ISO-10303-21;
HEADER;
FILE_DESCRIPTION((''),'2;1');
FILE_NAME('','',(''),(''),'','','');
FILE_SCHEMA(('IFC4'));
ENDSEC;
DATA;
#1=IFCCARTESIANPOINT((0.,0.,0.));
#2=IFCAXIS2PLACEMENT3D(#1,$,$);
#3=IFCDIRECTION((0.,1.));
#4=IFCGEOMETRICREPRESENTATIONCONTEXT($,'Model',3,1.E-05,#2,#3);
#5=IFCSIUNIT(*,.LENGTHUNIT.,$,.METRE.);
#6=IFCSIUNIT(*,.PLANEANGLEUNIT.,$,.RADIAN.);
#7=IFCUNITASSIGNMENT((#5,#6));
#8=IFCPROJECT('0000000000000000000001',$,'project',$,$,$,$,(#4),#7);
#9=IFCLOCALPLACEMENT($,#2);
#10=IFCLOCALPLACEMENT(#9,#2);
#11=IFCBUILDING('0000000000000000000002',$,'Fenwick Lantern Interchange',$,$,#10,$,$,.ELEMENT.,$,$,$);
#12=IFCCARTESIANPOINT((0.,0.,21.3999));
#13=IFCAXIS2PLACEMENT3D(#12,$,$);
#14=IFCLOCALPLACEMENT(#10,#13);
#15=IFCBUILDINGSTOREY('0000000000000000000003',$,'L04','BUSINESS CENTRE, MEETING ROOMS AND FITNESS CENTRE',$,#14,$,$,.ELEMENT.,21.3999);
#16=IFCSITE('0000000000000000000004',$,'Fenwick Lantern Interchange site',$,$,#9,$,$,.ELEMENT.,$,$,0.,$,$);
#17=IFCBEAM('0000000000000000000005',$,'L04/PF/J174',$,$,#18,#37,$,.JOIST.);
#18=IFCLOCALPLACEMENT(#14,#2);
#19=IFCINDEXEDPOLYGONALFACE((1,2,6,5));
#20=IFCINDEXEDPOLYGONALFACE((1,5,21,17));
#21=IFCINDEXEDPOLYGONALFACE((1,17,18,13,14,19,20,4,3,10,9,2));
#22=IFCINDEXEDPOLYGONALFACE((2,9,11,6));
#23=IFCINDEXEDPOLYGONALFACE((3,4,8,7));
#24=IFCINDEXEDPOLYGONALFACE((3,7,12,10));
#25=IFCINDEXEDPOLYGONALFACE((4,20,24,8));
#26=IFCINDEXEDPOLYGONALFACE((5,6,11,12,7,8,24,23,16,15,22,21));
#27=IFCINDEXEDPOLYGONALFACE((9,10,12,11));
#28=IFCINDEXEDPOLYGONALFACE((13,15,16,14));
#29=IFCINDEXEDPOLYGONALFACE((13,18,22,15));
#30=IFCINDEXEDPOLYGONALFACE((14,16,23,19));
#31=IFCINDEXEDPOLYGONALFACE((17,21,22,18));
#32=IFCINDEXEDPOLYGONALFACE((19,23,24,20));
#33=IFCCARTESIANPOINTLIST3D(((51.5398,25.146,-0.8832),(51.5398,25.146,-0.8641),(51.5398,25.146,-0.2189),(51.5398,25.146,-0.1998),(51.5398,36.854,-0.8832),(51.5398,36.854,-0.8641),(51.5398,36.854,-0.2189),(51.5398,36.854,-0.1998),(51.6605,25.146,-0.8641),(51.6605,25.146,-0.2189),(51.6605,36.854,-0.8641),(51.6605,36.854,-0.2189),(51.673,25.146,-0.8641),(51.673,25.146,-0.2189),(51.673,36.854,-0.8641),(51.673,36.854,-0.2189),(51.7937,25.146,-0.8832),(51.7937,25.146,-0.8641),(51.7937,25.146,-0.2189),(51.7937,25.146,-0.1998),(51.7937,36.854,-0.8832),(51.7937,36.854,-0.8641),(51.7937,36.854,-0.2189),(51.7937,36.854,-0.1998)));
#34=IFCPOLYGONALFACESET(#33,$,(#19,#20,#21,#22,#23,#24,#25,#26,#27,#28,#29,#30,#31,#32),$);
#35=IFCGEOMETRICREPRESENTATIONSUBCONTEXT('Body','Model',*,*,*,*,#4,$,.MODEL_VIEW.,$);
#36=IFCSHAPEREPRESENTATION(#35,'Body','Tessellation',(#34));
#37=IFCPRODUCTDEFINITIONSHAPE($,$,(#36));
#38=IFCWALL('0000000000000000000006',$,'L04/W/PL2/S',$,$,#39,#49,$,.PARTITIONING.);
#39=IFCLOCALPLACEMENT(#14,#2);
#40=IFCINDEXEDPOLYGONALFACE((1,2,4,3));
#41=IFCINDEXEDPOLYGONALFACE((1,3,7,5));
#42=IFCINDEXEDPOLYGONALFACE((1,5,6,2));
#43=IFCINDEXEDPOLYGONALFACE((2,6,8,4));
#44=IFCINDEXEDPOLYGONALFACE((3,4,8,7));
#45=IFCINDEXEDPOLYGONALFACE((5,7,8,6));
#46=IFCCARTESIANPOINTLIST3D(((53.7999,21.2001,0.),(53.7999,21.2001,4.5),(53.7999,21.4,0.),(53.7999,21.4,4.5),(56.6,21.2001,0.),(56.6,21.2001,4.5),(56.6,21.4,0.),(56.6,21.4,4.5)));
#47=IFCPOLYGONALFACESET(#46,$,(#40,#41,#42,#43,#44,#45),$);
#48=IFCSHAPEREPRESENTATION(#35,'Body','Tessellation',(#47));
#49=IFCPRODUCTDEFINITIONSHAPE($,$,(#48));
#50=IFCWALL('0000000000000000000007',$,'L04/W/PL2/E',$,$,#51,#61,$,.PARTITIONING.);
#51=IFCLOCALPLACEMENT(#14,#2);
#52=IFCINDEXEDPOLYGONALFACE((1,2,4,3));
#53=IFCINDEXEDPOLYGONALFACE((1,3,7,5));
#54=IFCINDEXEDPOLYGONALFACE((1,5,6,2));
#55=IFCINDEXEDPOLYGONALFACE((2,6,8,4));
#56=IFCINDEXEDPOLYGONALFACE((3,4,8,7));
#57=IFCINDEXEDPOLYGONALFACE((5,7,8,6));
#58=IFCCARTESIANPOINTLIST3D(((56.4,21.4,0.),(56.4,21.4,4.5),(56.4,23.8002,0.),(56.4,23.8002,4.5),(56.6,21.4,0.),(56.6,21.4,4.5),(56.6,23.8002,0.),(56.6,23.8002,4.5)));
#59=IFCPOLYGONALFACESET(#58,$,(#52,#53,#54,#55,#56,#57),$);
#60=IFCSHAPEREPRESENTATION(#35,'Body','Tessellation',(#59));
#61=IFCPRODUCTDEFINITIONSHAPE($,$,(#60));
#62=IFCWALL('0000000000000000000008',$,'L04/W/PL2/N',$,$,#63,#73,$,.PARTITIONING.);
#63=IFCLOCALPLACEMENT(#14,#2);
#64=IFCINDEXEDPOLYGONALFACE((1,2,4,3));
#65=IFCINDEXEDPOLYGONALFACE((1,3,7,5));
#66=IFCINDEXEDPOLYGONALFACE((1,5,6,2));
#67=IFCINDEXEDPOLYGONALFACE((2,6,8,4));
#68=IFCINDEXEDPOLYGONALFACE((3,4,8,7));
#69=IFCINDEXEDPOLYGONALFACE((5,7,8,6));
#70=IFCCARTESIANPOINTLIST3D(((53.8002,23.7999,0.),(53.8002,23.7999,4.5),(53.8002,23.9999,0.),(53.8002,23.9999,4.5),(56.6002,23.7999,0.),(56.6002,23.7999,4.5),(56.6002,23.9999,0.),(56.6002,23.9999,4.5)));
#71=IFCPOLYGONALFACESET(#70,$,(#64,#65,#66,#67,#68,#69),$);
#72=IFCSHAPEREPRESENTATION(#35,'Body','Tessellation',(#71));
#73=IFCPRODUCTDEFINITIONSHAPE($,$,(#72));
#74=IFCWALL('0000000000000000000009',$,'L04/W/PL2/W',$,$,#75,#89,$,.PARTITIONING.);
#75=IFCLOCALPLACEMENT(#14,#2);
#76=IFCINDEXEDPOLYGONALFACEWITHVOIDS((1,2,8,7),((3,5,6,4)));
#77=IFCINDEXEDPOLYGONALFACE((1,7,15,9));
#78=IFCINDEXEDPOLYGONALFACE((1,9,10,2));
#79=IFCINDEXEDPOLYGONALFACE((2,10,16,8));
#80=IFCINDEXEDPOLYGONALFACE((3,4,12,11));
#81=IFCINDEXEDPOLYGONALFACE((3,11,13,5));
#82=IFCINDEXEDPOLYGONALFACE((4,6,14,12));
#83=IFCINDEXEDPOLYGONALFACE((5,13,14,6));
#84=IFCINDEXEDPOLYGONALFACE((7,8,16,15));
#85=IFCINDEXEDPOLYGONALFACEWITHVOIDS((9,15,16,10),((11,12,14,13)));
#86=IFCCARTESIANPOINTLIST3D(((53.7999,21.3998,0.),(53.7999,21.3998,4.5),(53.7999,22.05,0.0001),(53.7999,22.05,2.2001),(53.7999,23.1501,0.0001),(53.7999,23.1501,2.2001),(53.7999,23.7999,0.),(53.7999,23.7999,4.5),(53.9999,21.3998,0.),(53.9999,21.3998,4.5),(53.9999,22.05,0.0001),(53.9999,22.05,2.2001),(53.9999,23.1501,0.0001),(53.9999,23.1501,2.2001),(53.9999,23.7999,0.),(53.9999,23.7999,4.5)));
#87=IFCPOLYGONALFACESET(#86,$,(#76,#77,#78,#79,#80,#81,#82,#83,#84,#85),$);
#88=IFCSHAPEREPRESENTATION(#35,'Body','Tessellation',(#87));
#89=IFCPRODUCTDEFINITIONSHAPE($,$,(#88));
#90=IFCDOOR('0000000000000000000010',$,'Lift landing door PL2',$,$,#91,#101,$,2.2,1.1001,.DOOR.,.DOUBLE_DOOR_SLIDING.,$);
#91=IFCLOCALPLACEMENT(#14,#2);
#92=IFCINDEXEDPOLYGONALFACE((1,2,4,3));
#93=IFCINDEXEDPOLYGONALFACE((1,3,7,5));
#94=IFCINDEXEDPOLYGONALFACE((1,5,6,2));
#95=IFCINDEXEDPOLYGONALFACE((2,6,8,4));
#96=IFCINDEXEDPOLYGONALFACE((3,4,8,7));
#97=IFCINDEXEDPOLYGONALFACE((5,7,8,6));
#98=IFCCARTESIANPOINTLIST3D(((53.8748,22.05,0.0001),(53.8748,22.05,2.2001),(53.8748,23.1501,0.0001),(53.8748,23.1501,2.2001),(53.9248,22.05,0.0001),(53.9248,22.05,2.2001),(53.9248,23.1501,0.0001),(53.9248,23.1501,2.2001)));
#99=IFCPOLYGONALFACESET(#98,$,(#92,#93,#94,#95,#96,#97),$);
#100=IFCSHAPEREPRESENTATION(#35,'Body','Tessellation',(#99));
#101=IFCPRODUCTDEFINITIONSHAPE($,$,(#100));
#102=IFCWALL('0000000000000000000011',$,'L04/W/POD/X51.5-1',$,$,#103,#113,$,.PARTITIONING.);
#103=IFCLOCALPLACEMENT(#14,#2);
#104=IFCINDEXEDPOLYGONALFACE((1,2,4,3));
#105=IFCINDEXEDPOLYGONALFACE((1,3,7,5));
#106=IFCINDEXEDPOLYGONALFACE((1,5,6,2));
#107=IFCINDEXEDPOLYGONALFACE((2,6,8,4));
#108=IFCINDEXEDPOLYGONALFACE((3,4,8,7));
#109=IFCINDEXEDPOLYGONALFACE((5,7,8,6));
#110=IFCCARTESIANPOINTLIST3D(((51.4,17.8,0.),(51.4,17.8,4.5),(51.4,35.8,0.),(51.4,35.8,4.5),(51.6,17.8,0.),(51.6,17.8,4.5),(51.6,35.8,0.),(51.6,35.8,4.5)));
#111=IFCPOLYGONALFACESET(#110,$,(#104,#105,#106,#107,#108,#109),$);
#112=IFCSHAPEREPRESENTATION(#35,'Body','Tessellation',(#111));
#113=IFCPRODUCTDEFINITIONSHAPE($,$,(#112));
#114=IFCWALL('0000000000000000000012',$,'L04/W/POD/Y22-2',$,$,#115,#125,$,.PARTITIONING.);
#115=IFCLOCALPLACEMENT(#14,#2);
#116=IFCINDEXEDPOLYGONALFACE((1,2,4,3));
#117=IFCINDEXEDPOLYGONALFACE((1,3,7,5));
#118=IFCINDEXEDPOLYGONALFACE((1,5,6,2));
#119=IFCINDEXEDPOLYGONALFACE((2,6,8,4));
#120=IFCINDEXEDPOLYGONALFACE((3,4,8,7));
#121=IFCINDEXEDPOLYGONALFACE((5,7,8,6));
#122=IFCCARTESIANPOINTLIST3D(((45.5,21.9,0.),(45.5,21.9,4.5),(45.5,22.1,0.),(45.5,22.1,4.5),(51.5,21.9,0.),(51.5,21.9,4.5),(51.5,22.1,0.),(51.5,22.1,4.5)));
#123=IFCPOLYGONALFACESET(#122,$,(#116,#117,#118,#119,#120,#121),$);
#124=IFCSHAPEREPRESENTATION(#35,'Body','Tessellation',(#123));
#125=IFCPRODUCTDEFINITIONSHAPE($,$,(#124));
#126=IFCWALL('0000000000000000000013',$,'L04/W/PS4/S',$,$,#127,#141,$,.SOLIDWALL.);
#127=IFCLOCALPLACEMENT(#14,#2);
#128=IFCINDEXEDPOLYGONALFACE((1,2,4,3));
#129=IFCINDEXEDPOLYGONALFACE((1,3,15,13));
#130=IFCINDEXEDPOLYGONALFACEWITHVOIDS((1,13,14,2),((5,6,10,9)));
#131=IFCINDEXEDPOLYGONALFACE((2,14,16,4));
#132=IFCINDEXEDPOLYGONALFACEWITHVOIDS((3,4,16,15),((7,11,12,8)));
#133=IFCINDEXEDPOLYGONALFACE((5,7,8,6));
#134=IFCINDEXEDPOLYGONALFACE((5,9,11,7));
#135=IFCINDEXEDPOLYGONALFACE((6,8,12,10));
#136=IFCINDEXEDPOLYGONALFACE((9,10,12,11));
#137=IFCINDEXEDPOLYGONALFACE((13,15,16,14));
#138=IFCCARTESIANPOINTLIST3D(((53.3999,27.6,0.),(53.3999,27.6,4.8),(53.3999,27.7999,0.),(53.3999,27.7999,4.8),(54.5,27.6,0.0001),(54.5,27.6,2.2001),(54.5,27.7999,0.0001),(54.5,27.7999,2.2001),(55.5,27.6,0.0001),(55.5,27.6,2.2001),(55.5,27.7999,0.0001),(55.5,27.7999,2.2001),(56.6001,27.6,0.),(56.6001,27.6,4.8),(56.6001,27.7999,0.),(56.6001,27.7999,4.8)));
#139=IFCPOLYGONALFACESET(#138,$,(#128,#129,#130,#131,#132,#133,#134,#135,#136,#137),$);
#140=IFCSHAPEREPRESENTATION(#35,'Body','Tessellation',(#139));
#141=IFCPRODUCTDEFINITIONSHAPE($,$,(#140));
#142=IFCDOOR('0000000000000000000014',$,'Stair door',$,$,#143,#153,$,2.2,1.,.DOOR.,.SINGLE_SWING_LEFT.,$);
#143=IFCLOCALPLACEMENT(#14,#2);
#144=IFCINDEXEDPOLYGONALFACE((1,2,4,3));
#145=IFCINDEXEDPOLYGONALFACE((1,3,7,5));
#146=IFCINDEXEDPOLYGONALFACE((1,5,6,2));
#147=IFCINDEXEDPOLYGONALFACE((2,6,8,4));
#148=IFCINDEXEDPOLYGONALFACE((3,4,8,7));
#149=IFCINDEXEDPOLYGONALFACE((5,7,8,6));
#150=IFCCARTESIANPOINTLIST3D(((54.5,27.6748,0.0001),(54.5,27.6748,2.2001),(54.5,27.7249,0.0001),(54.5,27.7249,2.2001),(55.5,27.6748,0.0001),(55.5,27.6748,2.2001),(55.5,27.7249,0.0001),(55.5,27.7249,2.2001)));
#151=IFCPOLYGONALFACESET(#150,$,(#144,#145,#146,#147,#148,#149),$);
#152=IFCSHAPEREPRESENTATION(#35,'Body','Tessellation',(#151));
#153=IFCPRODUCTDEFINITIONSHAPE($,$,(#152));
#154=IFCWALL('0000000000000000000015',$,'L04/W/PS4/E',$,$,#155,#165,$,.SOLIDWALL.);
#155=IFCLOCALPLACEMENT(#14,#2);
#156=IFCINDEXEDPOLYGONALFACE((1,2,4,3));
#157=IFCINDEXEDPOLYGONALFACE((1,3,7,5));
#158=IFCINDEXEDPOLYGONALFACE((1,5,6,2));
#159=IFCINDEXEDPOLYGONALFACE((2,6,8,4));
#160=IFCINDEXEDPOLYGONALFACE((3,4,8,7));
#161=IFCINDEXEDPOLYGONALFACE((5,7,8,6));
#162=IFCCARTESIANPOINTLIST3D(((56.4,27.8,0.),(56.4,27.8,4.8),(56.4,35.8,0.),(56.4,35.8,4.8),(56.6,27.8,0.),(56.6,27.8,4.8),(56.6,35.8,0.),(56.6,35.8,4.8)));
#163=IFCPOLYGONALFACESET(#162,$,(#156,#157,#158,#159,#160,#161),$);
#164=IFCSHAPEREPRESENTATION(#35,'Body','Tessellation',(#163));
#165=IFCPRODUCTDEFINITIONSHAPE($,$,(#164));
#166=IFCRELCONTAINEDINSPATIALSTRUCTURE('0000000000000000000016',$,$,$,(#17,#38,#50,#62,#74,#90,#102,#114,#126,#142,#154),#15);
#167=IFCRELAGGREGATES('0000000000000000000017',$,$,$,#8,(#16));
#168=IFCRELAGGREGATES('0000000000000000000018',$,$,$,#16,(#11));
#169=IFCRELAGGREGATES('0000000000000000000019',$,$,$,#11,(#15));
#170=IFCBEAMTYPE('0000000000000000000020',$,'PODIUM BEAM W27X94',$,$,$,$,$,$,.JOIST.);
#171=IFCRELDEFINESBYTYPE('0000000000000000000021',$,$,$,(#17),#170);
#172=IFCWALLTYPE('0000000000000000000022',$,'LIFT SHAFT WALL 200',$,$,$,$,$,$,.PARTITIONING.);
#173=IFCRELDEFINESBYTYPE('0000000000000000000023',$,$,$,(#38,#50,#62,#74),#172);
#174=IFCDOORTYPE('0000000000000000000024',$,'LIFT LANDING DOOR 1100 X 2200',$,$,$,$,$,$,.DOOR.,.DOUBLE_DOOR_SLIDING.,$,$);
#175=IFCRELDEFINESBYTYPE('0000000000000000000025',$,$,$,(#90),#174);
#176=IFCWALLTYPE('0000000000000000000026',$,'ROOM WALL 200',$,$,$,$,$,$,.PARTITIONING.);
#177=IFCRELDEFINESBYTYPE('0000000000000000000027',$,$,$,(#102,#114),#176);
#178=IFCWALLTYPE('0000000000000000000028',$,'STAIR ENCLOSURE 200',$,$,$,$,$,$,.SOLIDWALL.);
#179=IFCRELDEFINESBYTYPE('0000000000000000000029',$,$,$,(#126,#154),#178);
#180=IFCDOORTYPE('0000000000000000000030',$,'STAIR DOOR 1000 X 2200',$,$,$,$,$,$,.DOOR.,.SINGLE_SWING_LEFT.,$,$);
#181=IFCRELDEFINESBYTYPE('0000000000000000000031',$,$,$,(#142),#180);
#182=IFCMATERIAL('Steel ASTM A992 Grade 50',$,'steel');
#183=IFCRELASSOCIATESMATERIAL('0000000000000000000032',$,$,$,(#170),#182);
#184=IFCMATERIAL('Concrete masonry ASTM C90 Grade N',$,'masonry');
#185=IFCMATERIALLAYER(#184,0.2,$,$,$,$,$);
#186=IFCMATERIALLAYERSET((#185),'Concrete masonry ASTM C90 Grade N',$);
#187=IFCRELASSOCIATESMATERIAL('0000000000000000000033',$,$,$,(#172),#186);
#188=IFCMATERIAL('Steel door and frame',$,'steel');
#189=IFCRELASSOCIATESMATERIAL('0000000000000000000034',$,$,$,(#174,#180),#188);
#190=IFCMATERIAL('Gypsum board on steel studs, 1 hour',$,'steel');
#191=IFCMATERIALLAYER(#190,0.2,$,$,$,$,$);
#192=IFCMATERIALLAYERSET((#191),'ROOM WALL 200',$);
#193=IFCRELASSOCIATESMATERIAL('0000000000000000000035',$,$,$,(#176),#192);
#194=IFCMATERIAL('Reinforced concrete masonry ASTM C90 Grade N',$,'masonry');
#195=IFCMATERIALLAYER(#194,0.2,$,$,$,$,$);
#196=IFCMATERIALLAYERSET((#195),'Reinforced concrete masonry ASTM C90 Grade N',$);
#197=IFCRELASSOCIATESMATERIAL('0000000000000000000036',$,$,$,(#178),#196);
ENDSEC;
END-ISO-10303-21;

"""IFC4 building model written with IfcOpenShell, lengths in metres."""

from ifc_helpers import new_model, si_unit, direction, frame, frame_2d, origin, origin_2d, place, context, subcontext, project, spatial, rectangle, i_section, extrude, material, layer, layer_set, material_profile, profile_set, type_object, element, fill, save


model = new_model("IFC4")

# Units and contexts
model_context = context("Model", 3, precision=1e-05, world=origin(), true_north=direction((0.0, 1.0)))
body_context = subcontext(model_context, "Body", "Model", "MODEL_VIEW")
ifc_project = project(units=[si_unit("LENGTHUNIT", "METRE"), si_unit("PLANEANGLEUNIT", "RADIAN")], contexts=[model_context])

# Site, building, storey
site_placement = place(None, origin())
site = spatial("IfcSite", under=ifc_project, at=site_placement, Name="Fenwick Lantern Interchange site", CompositionType="ELEMENT", RefElevation=0.0)
building_placement = place(site_placement, origin())
building = spatial("IfcBuilding", under=site, at=building_placement, Name="Fenwick Lantern Interchange", CompositionType="ELEMENT")
storey_placement = place(building_placement, frame((0.0, 0.0, 21.3999)))
storey = spatial("IfcBuildingStorey", under=building, at=storey_placement, Name="L04", Description="BUSINESS CENTRE, MEETING ROOMS AND FITNESS CENTRE", CompositionType="ELEMENT", Elevation=21.3999)

# Shared definitions
ifc_material_1 = material(Name="Steel ASTM A992 Grade 50", Category="steel")

# Beam
ifc_material_profile_1 = material_profile(ifc_material_1, i_section(OverallWidth=0.2539, OverallDepth=0.6833, WebThickness=0.0125, FlangeThickness=0.019, at=origin_2d()), Name="W27X94")
ifc_profile_set_1 = profile_set([ifc_material_profile_1], Name="Steel ASTM A992 Grade 50")
beam_type_1 = type_object("IfcBeamType", Name="PODIUM BEAM W27X94", PredefinedType="JOIST", material=ifc_profile_set_1)
beam_1_placement = place(storey_placement, frame((51.6667, 25.146, -0.5415), z_axis=(0.0, 1.0, 0.0), x_axis=(-1.0, 0.0, 0.0)))
element("IfcBeam", 1, at=beam_1_placement, inside=storey, type_object=beam_type_1, Name="L04/PF/J174", PredefinedType="JOIST", context=body_context, shape_type="SweptSolid", body=[
    extrude(i_section(OverallWidth=0.2539, OverallDepth=0.6833, WebThickness=0.0125, FlangeThickness=0.019, at=origin_2d()), origin(), (0.0, 0.0, 1.0), 11.708),
])

# Walls
ifc_material_2 = material(Name="Concrete masonry ASTM C90 Grade N", Category="masonry")
ifc_layer_1 = layer(ifc_material_2, 0.2)
ifc_layer_set_1 = layer_set([ifc_layer_1], Name="Concrete masonry ASTM C90 Grade N")
wall_type_1 = type_object("IfcWallType", Name="LIFT SHAFT WALL 200", PredefinedType="PARTITIONING", material=ifc_layer_set_1)
wall_1_placement = place(storey_placement, frame((53.8, 21.3, 0.0), z_axis=(0.0, 0.0, 1.0), x_axis=(1.0, 0.0, 0.0)))
element("IfcWall", 2, at=wall_1_placement, inside=storey, type_object=wall_type_1, Name="L04/W/PL2/S", PredefinedType="PARTITIONING", context=body_context, shape_type="SweptSolid", body=[
    extrude(rectangle(XDim=2.8, YDim=0.2, at=frame_2d((1.3999, 0.0))), origin(), (0.0, 0.0, 1.0), 4.5),
])
wall_2_placement = place(storey_placement, frame((56.5, 21.3999, 0.0), z_axis=(0.0, 0.0, 1.0), x_axis=(0.0, 1.0, 0.0)))
element("IfcWall", 3, at=wall_2_placement, inside=storey, type_object=wall_type_1, Name="L04/W/PL2/E", PredefinedType="PARTITIONING", context=body_context, shape_type="SweptSolid", body=[
    extrude(rectangle(XDim=2.4001, YDim=0.2, at=frame_2d((1.2002, 0.0))), origin(), (0.0, 0.0, 1.0), 4.5),
])
wall_3_placement = place(storey_placement, frame((56.6001, 23.8999, 0.0), z_axis=(0.0, 0.0, 1.0), x_axis=(-1.0, 0.0, 0.0)))
element("IfcWall", 4, at=wall_3_placement, inside=storey, type_object=wall_type_1, Name="L04/W/PL2/N", PredefinedType="PARTITIONING", context=body_context, shape_type="SweptSolid", body=[
    extrude(rectangle(XDim=2.8, YDim=0.2, at=frame_2d((1.3999, 0.0))), origin(), (0.0, 0.0, 1.0), 4.5),
])

# Wall, opening, door
wall_4_placement = place(storey_placement, frame((53.8999, 23.8, 0.0), z_axis=(0.0, 0.0, 1.0), x_axis=(0.0, -1.0, 0.0)))
wall_4 = element("IfcWall", 5, at=wall_4_placement, inside=storey, type_object=wall_type_1, Name="L04/W/PL2/W", PredefinedType="PARTITIONING", context=body_context, shape_type="SweptSolid", body=[
    extrude(rectangle(XDim=2.4001, YDim=0.2, at=frame_2d((1.2002, 0.0))), origin(), (0.0, 0.0, 1.0), 4.5),
])
opening_1_placement = place(wall_4_placement, frame((0.6499, 0.0, 0.0)))
opening_1 = element("IfcOpeningElement", 6, at=opening_1_placement, cuts=wall_4, PredefinedType="OPENING", context=body_context, shape_type="SweptSolid", body=[
    extrude(rectangle(XDim=1.1001, YDim=2.2, at=frame_2d((0.55, 1.1001))), frame((0.0, 0.1099, 0.0), z_axis=(0.0, -1.0, 0.0), x_axis=(1.0, 0.0, 0.0)), (0.0, 0.0, 1.0), 0.22),
])
ifc_material_3 = material(Name="Steel door and frame", Category="steel")
door_type_1 = type_object("IfcDoorType", Name="LIFT LANDING DOOR 1100 X 2200", OperationType="DOUBLE_DOOR_SLIDING", PredefinedType="DOOR", material=ifc_material_3)
door_1_placement = place(opening_1_placement, origin())
door_1 = element("IfcDoor", 7, at=door_1_placement, inside=storey, type_object=door_type_1, Name="Lift landing door PL2", OperationType="DOUBLE_DOOR_SLIDING", OverallHeight=2.2, OverallWidth=1.1001, PredefinedType="DOOR", context=body_context, shape_type="SweptSolid", body=[
    extrude(rectangle(XDim=1.1001, YDim=2.2, at=frame_2d((0.55, 1.1001))), frame((0.0, 0.0249, 0.0), z_axis=(0.0, -1.0, 0.0), x_axis=(1.0, 0.0, 0.0)), (0.0, 0.0, 1.0), 0.05),
])
fill(opening_1, door_1)

# Walls
ifc_material_4 = material(Name="Gypsum board on steel studs, 1 hour", Category="steel")
ifc_layer_2 = layer(ifc_material_4, 0.2)
ifc_layer_set_2 = layer_set([ifc_layer_2], Name="ROOM WALL 200")
wall_type_2 = type_object("IfcWallType", Name="ROOM WALL 200", PredefinedType="PARTITIONING", material=ifc_layer_set_2)
wall_5_placement = place(storey_placement, frame((51.5, 17.8, 0.0), z_axis=(0.0, 0.0, 1.0), x_axis=(0.0, 1.0, 0.0)))
element("IfcWall", 8, at=wall_5_placement, inside=storey, type_object=wall_type_2, Name="L04/W/POD/X51.5-1", PredefinedType="PARTITIONING", context=body_context, shape_type="SweptSolid", body=[
    extrude(rectangle(XDim=18.0, YDim=0.2, at=frame_2d((9.0, 0.0))), origin(), (0.0, 0.0, 1.0), 4.5),
])
wall_6_placement = place(storey_placement, frame((45.5, 22.0, 0.0), z_axis=(0.0, 0.0, 1.0), x_axis=(1.0, 0.0, 0.0)))
element("IfcWall", 9, at=wall_6_placement, inside=storey, type_object=wall_type_2, Name="L04/W/POD/Y22-2", PredefinedType="PARTITIONING", context=body_context, shape_type="SweptSolid", body=[
    extrude(rectangle(XDim=6.0, YDim=0.2, at=frame_2d((3.0, 0.0))), origin(), (0.0, 0.0, 1.0), 4.5),
])

# Wall, opening, door
ifc_material_5 = material(Name="Reinforced concrete masonry ASTM C90 Grade N", Category="masonry")
ifc_layer_3 = layer(ifc_material_5, 0.2)
ifc_layer_set_3 = layer_set([ifc_layer_3], Name="Reinforced concrete masonry ASTM C90 Grade N")
wall_type_3 = type_object("IfcWallType", Name="STAIR ENCLOSURE 200", PredefinedType="SOLIDWALL", material=ifc_layer_set_3)
wall_7_placement = place(storey_placement, frame((53.3999, 27.7, 0.0), z_axis=(0.0, 0.0, 1.0), x_axis=(1.0, 0.0, 0.0)))
wall_7 = element("IfcWall", 10, at=wall_7_placement, inside=storey, type_object=wall_type_3, Name="L04/W/PS4/S", PredefinedType="SOLIDWALL", context=body_context, shape_type="SweptSolid", body=[
    extrude(rectangle(XDim=3.2002, YDim=0.2, at=frame_2d((1.6001, 0.0))), origin(), (0.0, 0.0, 1.0), 4.8),
])
opening_2_placement = place(wall_7_placement, frame((1.1001, 0.0, 0.0)))
opening_2 = element("IfcOpeningElement", 11, at=opening_2_placement, cuts=wall_7, PredefinedType="OPENING", context=body_context, shape_type="SweptSolid", body=[
    extrude(rectangle(XDim=1.0, YDim=2.2, at=frame_2d((0.5, 1.1001))), frame((0.0, 0.1099, 0.0), z_axis=(0.0, -1.0, 0.0), x_axis=(1.0, 0.0, 0.0)), (0.0, 0.0, 1.0), 0.22),
])
door_type_2 = type_object("IfcDoorType", Name="STAIR DOOR 1000 X 2200", OperationType="SINGLE_SWING_LEFT", PredefinedType="DOOR", material=ifc_material_3)
door_2_placement = place(opening_2_placement, origin())
door_2 = element("IfcDoor", 12, at=door_2_placement, inside=storey, type_object=door_type_2, Name="Stair door", OperationType="SINGLE_SWING_LEFT", OverallHeight=2.2, OverallWidth=1.0, PredefinedType="DOOR", context=body_context, shape_type="SweptSolid", body=[
    extrude(rectangle(XDim=1.0, YDim=2.2, at=frame_2d((0.5, 1.1001))), frame((0.0, 0.0249, 0.0), z_axis=(0.0, -1.0, 0.0), x_axis=(1.0, 0.0, 0.0)), (0.0, 0.0, 1.0), 0.05),
])
fill(opening_2, door_2)

# Wall
wall_8_placement = place(storey_placement, frame((56.5, 27.8, 0.0), z_axis=(0.0, 0.0, 1.0), x_axis=(0.0, 1.0, 0.0)))
element("IfcWall", 13, at=wall_8_placement, inside=storey, type_object=wall_type_3, Name="L04/W/PS4/E", PredefinedType="SOLIDWALL", context=body_context, shape_type="SweptSolid", body=[
    extrude(rectangle(XDim=8.0, YDim=0.2, at=frame_2d((4.0, 0.0))), origin(), (0.0, 0.0, 1.0), 4.8),
])

save(model, "model.ifc")
